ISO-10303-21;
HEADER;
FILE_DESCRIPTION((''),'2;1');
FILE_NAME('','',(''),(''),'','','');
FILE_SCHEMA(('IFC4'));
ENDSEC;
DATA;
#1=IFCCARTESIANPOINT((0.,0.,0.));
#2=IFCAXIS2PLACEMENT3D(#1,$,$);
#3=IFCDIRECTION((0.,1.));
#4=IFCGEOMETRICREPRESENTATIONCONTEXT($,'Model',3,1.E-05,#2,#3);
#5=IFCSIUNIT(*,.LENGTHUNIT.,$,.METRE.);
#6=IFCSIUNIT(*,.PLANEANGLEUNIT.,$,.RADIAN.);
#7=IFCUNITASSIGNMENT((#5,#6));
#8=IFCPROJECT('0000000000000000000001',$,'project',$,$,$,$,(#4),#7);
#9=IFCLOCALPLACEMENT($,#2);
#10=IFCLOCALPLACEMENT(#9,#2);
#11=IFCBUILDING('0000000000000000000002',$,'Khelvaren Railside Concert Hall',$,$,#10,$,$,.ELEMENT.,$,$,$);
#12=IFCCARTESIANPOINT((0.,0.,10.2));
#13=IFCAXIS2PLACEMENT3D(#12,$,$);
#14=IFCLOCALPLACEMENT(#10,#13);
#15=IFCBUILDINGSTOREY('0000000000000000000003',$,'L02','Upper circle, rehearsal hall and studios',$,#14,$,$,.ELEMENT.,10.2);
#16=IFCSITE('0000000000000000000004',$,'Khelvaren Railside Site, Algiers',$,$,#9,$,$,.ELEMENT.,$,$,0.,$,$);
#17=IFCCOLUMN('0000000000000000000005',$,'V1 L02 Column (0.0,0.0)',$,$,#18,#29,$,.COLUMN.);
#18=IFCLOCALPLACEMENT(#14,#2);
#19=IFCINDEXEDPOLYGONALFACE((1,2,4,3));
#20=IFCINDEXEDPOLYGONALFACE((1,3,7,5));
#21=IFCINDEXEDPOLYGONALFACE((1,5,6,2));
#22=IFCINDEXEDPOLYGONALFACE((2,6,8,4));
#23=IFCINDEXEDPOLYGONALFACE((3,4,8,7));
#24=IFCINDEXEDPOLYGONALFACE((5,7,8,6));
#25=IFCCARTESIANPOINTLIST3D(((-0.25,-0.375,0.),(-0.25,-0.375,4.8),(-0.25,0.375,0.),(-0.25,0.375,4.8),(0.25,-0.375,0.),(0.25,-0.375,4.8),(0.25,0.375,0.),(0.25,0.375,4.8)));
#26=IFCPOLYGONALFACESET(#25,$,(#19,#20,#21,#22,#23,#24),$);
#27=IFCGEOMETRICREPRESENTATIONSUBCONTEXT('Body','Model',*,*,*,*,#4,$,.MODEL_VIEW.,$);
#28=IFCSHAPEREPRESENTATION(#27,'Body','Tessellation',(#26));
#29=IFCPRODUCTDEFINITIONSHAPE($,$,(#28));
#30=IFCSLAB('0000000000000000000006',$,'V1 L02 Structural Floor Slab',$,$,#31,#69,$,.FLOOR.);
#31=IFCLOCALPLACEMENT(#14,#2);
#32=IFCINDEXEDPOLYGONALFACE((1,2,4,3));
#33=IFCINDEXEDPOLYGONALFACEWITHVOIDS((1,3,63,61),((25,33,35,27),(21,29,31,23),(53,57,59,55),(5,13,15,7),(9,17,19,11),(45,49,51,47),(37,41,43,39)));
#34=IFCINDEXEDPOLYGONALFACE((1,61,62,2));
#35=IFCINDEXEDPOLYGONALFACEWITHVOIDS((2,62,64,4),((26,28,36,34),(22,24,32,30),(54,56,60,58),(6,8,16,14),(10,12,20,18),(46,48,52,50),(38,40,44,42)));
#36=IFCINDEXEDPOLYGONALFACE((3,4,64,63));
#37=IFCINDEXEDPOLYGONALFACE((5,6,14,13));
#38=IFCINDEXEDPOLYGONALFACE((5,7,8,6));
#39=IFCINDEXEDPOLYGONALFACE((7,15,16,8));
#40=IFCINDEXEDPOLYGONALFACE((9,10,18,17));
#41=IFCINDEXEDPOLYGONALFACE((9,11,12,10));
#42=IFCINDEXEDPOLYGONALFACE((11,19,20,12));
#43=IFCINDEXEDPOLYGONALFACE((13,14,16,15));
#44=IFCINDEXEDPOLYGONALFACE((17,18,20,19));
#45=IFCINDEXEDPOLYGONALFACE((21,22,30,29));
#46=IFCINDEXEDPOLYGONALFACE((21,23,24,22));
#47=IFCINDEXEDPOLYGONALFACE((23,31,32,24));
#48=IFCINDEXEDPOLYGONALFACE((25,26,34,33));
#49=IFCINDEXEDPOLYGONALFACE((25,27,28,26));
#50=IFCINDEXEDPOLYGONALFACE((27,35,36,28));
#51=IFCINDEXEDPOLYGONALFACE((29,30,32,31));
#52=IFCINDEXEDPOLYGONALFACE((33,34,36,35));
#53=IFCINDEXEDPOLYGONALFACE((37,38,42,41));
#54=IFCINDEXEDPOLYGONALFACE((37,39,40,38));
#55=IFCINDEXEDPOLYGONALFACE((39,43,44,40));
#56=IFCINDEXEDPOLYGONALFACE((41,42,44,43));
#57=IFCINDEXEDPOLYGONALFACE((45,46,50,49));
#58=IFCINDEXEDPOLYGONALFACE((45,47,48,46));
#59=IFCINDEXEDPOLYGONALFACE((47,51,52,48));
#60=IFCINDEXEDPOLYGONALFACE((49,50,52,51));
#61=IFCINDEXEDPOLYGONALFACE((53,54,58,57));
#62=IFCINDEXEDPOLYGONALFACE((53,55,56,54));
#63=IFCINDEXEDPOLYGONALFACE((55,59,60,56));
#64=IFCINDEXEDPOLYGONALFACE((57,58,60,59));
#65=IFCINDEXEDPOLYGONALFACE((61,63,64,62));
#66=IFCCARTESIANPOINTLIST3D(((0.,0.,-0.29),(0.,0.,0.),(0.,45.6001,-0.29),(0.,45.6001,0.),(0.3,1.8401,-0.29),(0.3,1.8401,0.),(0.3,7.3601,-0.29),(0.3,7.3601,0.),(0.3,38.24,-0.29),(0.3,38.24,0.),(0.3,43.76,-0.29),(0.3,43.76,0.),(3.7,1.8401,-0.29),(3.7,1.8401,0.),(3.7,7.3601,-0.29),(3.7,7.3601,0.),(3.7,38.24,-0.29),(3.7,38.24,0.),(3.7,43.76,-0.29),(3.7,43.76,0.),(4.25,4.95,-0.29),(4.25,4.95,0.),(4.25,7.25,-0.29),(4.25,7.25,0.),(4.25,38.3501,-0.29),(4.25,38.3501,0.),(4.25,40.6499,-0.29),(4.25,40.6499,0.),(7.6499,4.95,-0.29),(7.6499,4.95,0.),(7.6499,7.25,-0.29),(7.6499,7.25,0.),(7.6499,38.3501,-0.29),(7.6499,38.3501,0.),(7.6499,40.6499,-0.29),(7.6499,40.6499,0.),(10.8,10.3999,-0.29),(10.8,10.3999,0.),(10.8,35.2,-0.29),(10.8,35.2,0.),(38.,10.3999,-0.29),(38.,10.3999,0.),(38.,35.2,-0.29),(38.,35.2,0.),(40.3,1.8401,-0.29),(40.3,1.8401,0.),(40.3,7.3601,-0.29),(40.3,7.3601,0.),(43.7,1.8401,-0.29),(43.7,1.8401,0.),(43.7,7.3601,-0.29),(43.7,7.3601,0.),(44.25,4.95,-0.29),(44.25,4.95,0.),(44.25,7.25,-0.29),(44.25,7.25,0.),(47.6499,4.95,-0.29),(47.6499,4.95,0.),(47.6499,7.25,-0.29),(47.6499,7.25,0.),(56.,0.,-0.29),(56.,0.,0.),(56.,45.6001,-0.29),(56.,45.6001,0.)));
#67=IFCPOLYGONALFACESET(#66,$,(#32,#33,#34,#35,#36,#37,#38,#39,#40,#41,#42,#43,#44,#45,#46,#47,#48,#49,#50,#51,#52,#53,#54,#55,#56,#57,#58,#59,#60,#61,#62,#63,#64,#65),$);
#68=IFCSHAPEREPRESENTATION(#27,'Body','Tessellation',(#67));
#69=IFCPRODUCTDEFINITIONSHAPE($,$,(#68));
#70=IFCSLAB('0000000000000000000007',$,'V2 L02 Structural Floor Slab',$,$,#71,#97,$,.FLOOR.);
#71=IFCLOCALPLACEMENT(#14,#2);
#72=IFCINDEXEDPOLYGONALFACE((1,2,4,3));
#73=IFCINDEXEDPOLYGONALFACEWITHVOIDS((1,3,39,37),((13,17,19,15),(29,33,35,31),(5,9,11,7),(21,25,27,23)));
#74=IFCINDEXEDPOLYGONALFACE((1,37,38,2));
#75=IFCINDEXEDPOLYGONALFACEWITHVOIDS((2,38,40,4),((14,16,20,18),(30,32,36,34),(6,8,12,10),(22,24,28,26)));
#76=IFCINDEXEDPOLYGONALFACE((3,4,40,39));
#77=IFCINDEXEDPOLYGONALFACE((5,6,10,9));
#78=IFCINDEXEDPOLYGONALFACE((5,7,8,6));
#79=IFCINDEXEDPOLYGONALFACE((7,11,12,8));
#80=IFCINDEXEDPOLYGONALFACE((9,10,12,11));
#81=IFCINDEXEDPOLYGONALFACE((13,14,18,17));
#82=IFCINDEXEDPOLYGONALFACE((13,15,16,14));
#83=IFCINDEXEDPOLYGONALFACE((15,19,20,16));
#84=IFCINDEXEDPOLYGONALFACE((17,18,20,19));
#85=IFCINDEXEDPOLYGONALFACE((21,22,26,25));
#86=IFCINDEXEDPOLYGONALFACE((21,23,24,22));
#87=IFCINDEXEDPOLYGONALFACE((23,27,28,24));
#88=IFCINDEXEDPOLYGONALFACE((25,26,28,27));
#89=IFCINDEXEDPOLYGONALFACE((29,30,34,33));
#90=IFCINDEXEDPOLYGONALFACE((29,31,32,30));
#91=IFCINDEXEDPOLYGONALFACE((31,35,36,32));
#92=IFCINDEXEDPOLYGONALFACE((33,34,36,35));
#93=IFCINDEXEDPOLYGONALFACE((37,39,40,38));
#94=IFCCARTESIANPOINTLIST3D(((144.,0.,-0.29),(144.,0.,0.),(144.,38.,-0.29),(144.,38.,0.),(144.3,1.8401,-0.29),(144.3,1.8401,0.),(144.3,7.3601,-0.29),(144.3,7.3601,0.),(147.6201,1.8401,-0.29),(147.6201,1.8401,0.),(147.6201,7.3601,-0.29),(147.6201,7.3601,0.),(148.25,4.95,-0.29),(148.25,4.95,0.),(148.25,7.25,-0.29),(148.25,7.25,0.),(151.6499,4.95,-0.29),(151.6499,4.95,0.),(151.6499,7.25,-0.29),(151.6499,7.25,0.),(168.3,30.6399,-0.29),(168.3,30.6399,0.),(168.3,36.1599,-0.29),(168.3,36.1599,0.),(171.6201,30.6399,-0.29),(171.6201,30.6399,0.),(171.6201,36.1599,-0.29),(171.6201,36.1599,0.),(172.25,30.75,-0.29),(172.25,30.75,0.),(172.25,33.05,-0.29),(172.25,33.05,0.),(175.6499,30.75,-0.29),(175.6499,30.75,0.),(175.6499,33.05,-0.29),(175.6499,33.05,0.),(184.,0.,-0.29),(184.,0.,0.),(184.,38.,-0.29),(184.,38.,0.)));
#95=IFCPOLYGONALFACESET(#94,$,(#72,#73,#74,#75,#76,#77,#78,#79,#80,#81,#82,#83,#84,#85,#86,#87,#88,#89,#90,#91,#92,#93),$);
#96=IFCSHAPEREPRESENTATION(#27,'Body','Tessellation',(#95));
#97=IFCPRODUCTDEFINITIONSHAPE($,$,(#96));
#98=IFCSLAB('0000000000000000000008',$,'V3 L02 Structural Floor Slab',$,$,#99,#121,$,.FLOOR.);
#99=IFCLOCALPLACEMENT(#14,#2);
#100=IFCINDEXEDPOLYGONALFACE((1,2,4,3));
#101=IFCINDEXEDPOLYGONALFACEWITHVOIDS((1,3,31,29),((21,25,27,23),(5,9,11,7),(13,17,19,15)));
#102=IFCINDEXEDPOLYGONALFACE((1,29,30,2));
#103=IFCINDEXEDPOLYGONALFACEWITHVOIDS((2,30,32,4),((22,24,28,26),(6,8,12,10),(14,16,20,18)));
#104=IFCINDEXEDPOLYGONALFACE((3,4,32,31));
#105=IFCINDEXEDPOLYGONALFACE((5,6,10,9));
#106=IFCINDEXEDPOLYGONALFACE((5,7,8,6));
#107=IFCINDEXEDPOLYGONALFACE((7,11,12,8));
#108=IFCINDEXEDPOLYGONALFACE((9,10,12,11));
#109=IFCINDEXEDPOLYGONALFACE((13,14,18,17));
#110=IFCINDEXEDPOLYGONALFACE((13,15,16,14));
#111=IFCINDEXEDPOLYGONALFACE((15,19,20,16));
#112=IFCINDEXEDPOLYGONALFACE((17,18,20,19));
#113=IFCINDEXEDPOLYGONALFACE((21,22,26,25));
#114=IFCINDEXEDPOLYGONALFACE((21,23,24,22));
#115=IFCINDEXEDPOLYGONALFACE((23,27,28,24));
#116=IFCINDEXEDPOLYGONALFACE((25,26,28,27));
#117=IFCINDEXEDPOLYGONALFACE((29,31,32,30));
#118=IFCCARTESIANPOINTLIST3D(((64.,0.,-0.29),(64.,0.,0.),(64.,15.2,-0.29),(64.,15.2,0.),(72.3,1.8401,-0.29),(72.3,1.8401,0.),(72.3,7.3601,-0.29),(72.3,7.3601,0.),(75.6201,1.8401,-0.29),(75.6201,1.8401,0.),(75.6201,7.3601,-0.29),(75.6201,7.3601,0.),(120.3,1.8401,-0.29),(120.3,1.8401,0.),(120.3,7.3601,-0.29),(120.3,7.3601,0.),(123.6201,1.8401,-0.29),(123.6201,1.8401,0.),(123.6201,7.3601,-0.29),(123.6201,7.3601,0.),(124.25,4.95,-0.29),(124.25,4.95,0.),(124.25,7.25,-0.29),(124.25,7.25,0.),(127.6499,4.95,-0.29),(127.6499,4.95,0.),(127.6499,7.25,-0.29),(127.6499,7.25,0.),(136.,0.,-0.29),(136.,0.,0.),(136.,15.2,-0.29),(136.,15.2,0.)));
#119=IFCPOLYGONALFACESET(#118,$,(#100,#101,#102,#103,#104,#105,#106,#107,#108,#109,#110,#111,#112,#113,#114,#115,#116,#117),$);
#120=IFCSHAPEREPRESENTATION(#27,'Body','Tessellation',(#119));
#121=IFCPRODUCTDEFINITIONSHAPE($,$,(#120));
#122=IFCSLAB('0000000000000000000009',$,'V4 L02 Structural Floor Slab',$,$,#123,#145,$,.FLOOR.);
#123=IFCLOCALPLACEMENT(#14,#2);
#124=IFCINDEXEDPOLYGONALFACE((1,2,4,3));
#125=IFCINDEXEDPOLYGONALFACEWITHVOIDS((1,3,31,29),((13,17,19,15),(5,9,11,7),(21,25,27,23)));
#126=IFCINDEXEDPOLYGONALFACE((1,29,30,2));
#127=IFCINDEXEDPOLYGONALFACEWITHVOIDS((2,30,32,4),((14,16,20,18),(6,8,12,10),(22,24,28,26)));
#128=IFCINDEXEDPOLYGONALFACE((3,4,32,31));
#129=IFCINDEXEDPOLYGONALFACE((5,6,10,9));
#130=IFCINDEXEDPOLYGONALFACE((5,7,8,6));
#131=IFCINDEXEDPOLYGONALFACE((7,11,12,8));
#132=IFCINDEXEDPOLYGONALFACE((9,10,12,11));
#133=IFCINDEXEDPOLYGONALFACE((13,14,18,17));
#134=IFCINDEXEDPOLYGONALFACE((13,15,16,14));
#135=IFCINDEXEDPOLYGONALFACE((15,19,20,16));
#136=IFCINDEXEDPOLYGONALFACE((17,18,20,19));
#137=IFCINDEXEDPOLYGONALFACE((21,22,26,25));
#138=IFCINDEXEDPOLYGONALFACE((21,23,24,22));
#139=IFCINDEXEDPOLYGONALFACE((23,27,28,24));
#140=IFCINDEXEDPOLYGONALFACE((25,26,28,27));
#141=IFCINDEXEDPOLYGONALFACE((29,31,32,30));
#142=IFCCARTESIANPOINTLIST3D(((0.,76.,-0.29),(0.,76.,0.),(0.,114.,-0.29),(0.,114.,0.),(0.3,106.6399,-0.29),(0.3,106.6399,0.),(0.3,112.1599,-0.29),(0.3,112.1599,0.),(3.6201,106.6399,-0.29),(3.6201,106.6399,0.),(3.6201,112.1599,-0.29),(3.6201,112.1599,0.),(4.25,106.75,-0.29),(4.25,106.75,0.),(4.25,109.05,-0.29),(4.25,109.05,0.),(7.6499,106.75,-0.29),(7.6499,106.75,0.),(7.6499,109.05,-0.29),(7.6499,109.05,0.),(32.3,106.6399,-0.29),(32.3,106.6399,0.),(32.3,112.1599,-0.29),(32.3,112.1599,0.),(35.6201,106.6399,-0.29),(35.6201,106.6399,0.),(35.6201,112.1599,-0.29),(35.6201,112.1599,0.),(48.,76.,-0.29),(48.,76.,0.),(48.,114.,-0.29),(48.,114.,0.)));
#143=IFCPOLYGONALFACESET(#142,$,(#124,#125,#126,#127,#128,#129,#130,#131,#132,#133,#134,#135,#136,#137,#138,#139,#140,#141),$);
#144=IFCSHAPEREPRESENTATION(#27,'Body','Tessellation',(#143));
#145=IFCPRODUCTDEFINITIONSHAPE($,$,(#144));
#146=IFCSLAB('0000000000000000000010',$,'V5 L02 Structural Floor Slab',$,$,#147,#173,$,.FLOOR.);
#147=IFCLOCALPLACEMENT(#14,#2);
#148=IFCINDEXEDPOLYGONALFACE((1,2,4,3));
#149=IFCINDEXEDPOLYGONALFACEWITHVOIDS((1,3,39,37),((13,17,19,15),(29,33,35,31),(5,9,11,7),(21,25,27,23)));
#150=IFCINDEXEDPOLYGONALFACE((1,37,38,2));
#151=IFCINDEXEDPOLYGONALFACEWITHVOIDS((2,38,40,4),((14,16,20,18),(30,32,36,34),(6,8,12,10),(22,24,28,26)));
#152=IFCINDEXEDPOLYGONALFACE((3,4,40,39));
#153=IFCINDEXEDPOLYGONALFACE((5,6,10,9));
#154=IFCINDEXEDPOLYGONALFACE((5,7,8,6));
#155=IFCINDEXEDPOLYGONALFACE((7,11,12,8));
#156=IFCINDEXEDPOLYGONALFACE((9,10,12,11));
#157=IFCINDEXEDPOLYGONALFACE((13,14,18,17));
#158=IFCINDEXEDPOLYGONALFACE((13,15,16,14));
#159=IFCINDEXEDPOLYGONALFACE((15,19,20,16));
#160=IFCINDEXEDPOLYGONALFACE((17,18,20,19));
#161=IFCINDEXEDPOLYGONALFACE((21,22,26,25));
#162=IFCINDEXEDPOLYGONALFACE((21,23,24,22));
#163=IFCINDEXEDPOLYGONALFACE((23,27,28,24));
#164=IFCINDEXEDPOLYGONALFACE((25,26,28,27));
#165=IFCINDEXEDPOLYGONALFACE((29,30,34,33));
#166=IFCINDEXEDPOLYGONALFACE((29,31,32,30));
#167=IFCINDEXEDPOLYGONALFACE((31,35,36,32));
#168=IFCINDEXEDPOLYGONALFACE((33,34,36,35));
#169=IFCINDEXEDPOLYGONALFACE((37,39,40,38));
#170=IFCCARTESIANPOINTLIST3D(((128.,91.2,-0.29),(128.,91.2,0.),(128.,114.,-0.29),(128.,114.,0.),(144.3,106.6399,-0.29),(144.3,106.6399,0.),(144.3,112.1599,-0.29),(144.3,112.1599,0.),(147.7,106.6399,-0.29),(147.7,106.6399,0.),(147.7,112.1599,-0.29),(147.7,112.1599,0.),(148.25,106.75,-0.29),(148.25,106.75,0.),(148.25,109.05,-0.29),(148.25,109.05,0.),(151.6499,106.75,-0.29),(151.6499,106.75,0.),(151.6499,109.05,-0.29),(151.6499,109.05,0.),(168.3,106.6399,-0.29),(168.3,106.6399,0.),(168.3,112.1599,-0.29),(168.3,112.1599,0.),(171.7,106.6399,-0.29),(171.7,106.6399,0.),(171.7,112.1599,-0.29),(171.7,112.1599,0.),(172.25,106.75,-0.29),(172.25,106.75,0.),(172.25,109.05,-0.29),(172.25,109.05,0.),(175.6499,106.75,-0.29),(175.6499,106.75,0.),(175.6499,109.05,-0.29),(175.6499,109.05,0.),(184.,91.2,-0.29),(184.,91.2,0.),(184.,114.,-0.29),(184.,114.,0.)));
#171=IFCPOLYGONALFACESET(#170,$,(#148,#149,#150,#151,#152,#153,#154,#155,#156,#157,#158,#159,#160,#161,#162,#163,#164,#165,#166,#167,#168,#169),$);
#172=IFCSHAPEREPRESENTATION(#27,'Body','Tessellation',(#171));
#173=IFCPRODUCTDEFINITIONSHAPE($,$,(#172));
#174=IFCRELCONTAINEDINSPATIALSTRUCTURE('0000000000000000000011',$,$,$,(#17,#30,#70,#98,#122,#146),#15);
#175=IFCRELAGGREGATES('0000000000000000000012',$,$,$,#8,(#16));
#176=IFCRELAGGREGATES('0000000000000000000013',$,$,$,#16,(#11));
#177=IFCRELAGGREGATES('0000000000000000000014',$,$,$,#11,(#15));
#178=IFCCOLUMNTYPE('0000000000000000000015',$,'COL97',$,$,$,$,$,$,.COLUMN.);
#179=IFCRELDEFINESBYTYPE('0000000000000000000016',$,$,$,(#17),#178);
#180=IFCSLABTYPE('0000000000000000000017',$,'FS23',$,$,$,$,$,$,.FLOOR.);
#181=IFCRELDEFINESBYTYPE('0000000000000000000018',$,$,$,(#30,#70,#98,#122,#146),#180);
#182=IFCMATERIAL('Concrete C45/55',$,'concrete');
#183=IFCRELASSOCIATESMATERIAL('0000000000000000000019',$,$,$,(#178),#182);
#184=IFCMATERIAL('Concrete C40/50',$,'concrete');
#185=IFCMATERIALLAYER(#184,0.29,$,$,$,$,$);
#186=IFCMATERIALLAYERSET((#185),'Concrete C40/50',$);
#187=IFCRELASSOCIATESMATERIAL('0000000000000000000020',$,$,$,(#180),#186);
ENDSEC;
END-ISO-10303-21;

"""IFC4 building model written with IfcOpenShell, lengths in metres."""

from ifc_helpers import new_model, si_unit, direction, frame, origin, origin_with_axes, origin_2d, place, context, subcontext, project, spatial, polyline, rectangle, outline, extrude, material, layer, layer_set, material_profile, profile_set, type_object, element, save


model = new_model("IFC4")

# Units and contexts
model_context = context("Model", 3, precision=1e-05, world=origin(), true_north=direction((0.0, 1.0)))
body_context = subcontext(model_context, "Body", "Model", "MODEL_VIEW")
ifc_project = project(units=[si_unit("LENGTHUNIT", "METRE"), si_unit("PLANEANGLEUNIT", "RADIAN")], contexts=[model_context])

# Site, building, storey
site_placement = place(None, origin())
site = spatial("IfcSite", under=ifc_project, at=site_placement, Name="Khelvaren Railside Site, Algiers", CompositionType="ELEMENT", RefElevation=0.0)
building_placement = place(site_placement, origin())
building = spatial("IfcBuilding", under=site, at=building_placement, Name="Khelvaren Railside Concert Hall", CompositionType="ELEMENT")
storey_placement = place(building_placement, frame((0.0, 0.0, 10.2)))
storey = spatial("IfcBuildingStorey", under=building, at=storey_placement, Name="L02", Description="Upper circle, rehearsal hall and studios", CompositionType="ELEMENT", Elevation=10.2)

# Column
ifc_material_1 = material(Name="Concrete C45/55", Category="concrete")
ifc_material_profile = material_profile(ifc_material_1, rectangle(XDim=0.5, YDim=0.75, at=origin_2d()), Name="RC 500x750")
ifc_profile_set = profile_set([ifc_material_profile], Name="Concrete C45/55")
column_type = type_object("IfcColumnType", Name="COL97", PredefinedType="COLUMN", material=ifc_profile_set)
column_placement = place(storey_placement, origin_with_axes())
element("IfcColumn", 1, at=column_placement, inside=storey, type_object=column_type, Name="V1 L02 Column (0.0,0.0)", PredefinedType="COLUMN", context=body_context, shape_type="SweptSolid", body=[
    extrude(rectangle(XDim=0.5, YDim=0.75, at=origin_2d()), origin(), (0.0, 0.0, 1.0), 4.8),
])

# Slabs
ifc_material_2 = material(Name="Concrete C40/50", Category="concrete")
ifc_layer_1 = layer(ifc_material_2, 0.29)
ifc_layer_set_1 = layer_set([ifc_layer_1], Name="Concrete C40/50")
slab_type_1 = type_object("IfcSlabType", Name="FS23", PredefinedType="FLOOR", material=ifc_layer_set_1)
slab_1_placement = place(storey_placement, frame((0.0, 0.0, -0.29)))
element("IfcSlab", 2, at=slab_1_placement, inside=storey, type_object=slab_type_1, Name="V1 L02 Structural Floor Slab", PredefinedType="FLOOR", context=body_context, shape_type="SweptSolid", body=[
    extrude(outline(polyline([(0.0, 0.0), (56.0, 0.0), (56.0, 45.6001), (0.0, 45.6001), (0.0, 0.0)]), holes=[polyline([(3.7, 1.8401), (3.7, 7.3601), (0.3, 7.3601), (0.3, 1.8401), (3.7, 1.8401)]), polyline([(4.25, 4.95), (7.6499, 4.95), (7.6499, 7.25), (4.25, 7.25), (4.25, 4.95)]), polyline([(43.7, 1.8401), (43.7, 7.3601), (40.3, 7.3601), (40.3, 1.8401), (43.7, 1.8401)]), polyline([(44.25, 4.95), (47.6499, 4.95), (47.6499, 7.25), (44.25, 7.25), (44.25, 4.95)]), polyline([(0.3, 43.76), (0.3, 38.24), (3.7, 38.24), (3.7, 43.76), (0.3, 43.76)]), polyline([(4.25, 38.3501), (7.6499, 38.3501), (7.6499, 40.6499), (4.25, 40.6499), (4.25, 38.3501)]), polyline([(10.8, 10.3999), (38.0, 10.3999), (38.0, 35.2), (10.8, 35.2), (10.8, 10.3999)])]), origin(), (0.0, 0.0, 1.0), 0.29),
])
slab_2_placement = place(storey_placement, frame((0.0, 0.0, -0.29)))
element("IfcSlab", 3, at=slab_2_placement, inside=storey, type_object=slab_type_1, Name="V2 L02 Structural Floor Slab", PredefinedType="FLOOR", context=body_context, shape_type="SweptSolid", body=[
    extrude(outline(polyline([(144.0, 0.0), (184.0, 0.0), (184.0, 38.0), (144.0, 38.0), (144.0, 0.0)]), holes=[polyline([(147.6201, 1.8401), (147.6201, 7.3601), (144.3, 7.3601), (144.3, 1.8401), (147.6201, 1.8401)]), polyline([(148.25, 4.95), (151.6499, 4.95), (151.6499, 7.25), (148.25, 7.25), (148.25, 4.95)]), polyline([(168.3, 36.1599), (168.3, 30.6399), (171.6201, 30.6399), (171.6201, 36.1599), (168.3, 36.1599)]), polyline([(172.25, 30.75), (175.6499, 30.75), (175.6499, 33.05), (172.25, 33.05), (172.25, 30.75)])]), origin(), (0.0, 0.0, 1.0), 0.29),
])
slab_3_placement = place(storey_placement, frame((0.0, 0.0, -0.29)))
element("IfcSlab", 4, at=slab_3_placement, inside=storey, type_object=slab_type_1, Name="V3 L02 Structural Floor Slab", PredefinedType="FLOOR", context=body_context, shape_type="SweptSolid", body=[
    extrude(outline(polyline([(64.0, 0.0), (136.0, 0.0), (136.0, 15.2), (64.0, 15.2), (64.0, 0.0)]), holes=[polyline([(75.6201, 1.8401), (75.6201, 7.3601), (72.3, 7.3601), (72.3, 1.8401), (75.6201, 1.8401)]), polyline([(123.6201, 1.8401), (123.6201, 7.3601), (120.3, 7.3601), (120.3, 1.8401), (123.6201, 1.8401)]), polyline([(124.25, 4.95), (127.6499, 4.95), (127.6499, 7.25), (124.25, 7.25), (124.25, 4.95)])]), origin(), (0.0, 0.0, 1.0), 0.29),
])
slab_4_placement = place(storey_placement, frame((0.0, 0.0, -0.29)))
element("IfcSlab", 5, at=slab_4_placement, inside=storey, type_object=slab_type_1, Name="V4 L02 Structural Floor Slab", PredefinedType="FLOOR", context=body_context, shape_type="SweptSolid", body=[
    extrude(outline(polyline([(0.0, 76.0), (48.0, 76.0), (48.0, 114.0), (0.0, 114.0), (0.0, 76.0)]), holes=[polyline([(0.3, 112.1599), (0.3, 106.6399), (3.6201, 106.6399), (3.6201, 112.1599), (0.3, 112.1599)]), polyline([(4.25, 106.75), (7.6499, 106.75), (7.6499, 109.05), (4.25, 109.05), (4.25, 106.75)]), polyline([(32.3, 112.1599), (32.3, 106.6399), (35.6201, 106.6399), (35.6201, 112.1599), (32.3, 112.1599)])]), origin(), (0.0, 0.0, 1.0), 0.29),
])
slab_5_placement = place(storey_placement, frame((0.0, 0.0, -0.29)))
element("IfcSlab", 6, at=slab_5_placement, inside=storey, type_object=slab_type_1, Name="V5 L02 Structural Floor Slab", PredefinedType="FLOOR", context=body_context, shape_type="SweptSolid", body=[
    extrude(outline(polyline([(128.0, 91.2), (184.0, 91.2), (184.0, 114.0), (128.0, 114.0), (128.0, 91.2)]), holes=[polyline([(144.3, 112.1599), (144.3, 106.6399), (147.7, 106.6399), (147.7, 112.1599), (144.3, 112.1599)]), polyline([(148.25, 106.75), (151.6499, 106.75), (151.6499, 109.05), (148.25, 109.05), (148.25, 106.75)]), polyline([(168.3, 112.1599), (168.3, 106.6399), (171.7, 106.6399), (171.7, 112.1599), (168.3, 112.1599)]), polyline([(172.25, 106.75), (175.6499, 106.75), (175.6499, 109.05), (172.25, 109.05), (172.25, 106.75)])]), origin(), (0.0, 0.0, 1.0), 0.29),
])

save(model, "model.ifc")
